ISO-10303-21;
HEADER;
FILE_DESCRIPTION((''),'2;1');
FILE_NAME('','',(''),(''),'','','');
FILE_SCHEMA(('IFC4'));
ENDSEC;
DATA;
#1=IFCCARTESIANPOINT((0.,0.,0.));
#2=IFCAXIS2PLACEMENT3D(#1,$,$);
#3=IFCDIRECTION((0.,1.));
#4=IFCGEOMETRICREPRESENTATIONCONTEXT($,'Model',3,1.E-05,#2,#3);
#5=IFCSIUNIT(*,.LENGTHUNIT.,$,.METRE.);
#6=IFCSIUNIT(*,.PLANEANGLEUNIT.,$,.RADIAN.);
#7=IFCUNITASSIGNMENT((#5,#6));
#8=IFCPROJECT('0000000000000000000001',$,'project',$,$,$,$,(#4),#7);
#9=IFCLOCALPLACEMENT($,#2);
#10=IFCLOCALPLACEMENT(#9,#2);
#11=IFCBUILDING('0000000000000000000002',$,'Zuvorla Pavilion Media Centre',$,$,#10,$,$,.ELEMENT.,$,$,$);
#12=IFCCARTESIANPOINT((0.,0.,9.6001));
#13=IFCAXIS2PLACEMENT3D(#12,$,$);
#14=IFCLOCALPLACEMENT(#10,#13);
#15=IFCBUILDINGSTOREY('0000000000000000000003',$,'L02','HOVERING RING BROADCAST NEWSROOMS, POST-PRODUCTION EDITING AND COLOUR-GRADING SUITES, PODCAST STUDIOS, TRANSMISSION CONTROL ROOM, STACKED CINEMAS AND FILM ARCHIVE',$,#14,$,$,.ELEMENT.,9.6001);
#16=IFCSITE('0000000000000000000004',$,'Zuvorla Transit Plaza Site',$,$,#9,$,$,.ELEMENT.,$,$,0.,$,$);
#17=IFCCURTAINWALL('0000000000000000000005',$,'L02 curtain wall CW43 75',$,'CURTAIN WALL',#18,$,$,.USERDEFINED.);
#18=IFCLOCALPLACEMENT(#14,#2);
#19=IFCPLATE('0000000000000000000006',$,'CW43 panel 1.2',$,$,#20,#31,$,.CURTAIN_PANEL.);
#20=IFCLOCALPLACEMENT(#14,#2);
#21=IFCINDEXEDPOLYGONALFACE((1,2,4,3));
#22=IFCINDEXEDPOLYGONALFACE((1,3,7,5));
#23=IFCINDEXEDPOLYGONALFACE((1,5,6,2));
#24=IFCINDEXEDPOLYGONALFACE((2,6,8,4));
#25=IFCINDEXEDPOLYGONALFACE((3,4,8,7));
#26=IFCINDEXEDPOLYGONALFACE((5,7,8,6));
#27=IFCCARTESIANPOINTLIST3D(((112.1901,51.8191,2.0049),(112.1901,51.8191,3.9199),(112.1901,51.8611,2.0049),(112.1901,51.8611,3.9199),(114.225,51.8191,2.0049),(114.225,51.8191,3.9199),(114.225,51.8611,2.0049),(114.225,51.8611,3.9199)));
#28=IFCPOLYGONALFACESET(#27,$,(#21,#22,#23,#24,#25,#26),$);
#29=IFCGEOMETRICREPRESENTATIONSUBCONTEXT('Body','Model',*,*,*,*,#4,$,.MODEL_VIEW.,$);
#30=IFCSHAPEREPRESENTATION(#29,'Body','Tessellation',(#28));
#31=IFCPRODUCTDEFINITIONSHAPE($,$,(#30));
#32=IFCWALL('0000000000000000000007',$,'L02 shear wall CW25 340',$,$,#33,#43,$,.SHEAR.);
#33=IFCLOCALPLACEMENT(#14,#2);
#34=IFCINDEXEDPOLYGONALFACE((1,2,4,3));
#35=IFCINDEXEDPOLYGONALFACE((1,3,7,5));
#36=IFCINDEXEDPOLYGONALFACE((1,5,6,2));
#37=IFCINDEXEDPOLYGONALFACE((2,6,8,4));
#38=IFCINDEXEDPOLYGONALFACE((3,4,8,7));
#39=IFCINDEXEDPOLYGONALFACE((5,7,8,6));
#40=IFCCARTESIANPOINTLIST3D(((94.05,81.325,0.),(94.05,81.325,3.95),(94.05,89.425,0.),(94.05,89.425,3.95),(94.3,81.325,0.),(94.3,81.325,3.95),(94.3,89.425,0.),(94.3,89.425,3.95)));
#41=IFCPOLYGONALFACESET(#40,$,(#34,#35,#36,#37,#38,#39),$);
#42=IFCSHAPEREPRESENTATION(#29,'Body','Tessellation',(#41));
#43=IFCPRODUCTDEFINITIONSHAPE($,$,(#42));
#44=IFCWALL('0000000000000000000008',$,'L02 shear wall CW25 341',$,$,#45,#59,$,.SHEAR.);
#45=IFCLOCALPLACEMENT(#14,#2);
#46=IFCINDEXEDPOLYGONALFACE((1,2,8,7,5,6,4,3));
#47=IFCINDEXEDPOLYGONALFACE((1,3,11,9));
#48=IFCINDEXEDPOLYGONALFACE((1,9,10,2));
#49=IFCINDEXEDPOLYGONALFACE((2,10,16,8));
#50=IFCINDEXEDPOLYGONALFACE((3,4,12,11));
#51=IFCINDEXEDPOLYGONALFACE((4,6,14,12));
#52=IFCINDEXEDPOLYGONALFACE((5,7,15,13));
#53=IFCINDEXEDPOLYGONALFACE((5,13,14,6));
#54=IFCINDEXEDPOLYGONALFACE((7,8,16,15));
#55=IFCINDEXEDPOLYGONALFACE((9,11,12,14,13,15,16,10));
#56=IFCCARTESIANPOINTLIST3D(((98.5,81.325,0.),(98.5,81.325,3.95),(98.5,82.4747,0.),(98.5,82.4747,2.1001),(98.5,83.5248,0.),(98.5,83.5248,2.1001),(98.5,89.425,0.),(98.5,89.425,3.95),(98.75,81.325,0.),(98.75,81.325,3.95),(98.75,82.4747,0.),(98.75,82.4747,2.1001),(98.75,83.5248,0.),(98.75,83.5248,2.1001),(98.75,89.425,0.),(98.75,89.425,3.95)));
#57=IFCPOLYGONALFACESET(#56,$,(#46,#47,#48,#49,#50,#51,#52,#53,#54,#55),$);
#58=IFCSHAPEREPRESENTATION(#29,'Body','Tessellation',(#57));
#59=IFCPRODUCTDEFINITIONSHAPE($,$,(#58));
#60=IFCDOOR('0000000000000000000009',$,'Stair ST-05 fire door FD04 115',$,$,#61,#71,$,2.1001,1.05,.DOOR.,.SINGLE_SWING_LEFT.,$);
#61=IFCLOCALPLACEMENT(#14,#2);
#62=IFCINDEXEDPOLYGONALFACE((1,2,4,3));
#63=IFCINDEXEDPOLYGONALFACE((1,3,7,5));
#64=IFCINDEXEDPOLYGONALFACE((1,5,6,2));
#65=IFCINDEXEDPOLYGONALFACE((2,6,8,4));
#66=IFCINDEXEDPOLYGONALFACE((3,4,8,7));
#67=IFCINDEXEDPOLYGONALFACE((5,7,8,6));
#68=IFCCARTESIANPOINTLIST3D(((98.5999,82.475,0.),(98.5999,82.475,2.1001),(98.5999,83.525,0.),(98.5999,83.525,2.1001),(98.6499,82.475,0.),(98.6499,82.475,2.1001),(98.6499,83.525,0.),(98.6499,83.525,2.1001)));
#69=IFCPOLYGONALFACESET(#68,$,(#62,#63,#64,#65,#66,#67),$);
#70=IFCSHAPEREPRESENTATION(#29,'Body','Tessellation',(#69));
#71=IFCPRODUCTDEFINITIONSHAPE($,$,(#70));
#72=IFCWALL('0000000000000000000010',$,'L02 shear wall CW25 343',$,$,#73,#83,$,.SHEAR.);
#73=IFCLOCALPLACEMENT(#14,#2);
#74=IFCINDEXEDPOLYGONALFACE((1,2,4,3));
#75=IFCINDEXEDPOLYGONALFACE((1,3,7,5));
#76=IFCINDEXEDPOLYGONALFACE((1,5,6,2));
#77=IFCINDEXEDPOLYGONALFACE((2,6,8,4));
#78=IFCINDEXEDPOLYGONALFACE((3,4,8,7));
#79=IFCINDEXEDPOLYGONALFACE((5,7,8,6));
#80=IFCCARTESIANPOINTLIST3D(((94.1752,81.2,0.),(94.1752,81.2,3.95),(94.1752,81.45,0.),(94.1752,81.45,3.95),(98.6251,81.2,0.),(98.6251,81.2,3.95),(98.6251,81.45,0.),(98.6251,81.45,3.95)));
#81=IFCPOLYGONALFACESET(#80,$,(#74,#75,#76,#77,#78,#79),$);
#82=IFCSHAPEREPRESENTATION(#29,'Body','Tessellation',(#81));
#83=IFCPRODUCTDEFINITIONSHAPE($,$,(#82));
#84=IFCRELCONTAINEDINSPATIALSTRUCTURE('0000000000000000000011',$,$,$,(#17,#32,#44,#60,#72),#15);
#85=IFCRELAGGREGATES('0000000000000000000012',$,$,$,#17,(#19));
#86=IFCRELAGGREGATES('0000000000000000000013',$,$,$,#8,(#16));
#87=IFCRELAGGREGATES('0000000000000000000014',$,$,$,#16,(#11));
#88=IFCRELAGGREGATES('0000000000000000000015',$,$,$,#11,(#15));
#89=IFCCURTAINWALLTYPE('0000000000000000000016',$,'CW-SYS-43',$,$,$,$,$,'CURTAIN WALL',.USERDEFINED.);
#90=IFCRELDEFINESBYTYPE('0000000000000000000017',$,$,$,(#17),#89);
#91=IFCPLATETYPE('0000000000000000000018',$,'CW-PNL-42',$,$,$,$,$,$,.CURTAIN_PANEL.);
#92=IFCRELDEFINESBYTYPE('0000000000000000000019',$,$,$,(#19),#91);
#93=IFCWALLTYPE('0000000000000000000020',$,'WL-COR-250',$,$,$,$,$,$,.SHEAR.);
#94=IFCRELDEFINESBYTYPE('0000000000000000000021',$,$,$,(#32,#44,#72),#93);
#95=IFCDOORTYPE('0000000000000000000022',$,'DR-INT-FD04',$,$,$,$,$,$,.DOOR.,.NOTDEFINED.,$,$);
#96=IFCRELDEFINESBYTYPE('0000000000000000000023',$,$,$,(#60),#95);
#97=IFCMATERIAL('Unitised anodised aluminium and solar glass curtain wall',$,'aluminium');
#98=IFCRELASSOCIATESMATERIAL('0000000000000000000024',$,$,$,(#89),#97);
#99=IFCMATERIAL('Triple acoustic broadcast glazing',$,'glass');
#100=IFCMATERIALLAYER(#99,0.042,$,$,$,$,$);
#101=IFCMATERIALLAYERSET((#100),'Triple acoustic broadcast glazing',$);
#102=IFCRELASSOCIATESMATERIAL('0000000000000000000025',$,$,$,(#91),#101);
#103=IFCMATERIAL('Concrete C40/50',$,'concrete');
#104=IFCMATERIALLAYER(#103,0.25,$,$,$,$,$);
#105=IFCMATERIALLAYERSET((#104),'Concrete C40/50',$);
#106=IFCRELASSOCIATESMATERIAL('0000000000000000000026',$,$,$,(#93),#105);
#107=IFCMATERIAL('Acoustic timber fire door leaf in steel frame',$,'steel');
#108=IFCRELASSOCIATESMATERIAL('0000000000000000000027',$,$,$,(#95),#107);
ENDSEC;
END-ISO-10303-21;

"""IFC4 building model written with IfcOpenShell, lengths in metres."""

from ifc_helpers import new_model, si_unit, direction, frame, frame_2d, origin, origin_2d, place, context, subcontext, project, spatial, rectangle, extrude, material, layer, layer_set, type_object, element, fill, aggregate, save


model = new_model("IFC4")

# Units and contexts
model_context = context("Model", 3, precision=1e-05, world=origin(), true_north=direction((0.0, 1.0)))
body_context = subcontext(model_context, "Body", "Model", "MODEL_VIEW")
ifc_project = project(units=[si_unit("LENGTHUNIT", "METRE"), si_unit("PLANEANGLEUNIT", "RADIAN")], contexts=[model_context])

# Site, building, storey
site_placement = place(None, origin())
site = spatial("IfcSite", under=ifc_project, at=site_placement, Name="Zuvorla Transit Plaza Site", CompositionType="ELEMENT", RefElevation=0.0)
building_placement = place(site_placement, origin())
building = spatial("IfcBuilding", under=site, at=building_placement, Name="Zuvorla Pavilion Media Centre", CompositionType="ELEMENT")
storey_placement = place(building_placement, frame((0.0, 0.0, 9.6001)))
storey = spatial("IfcBuildingStorey", under=building, at=storey_placement, Name="L02", Description="HOVERING RING BROADCAST NEWSROOMS, POST-PRODUCTION EDITING AND COLOUR-GRADING SUITES, PODCAST STUDIOS, TRANSMISSION CONTROL ROOM, STACKED CINEMAS AND FILM ARCHIVE", CompositionType="ELEMENT", Elevation=9.6001)

# Shared definitions
ifc_material_1 = material(Name="Unitised anodised aluminium and solar glass curtain wall", Category="aluminium")

# Curtain wall
curtain_wall_type_1 = type_object("IfcCurtainWallType", Name="CW-SYS-43", ElementType="CURTAIN WALL", PredefinedType="USERDEFINED", material=ifc_material_1)
curtain_wall_1_placement = place(storey_placement, origin())
curtain_wall_1 = element("IfcCurtainWall", 1, at=curtain_wall_1_placement, inside=storey, type_object=curtain_wall_type_1, Name="L02 curtain wall CW43 75", ObjectType="CURTAIN WALL", PredefinedType="USERDEFINED")

# Plate
ifc_material_2 = material(Name="Triple acoustic broadcast glazing", Category="glass")
ifc_layer_1 = layer(ifc_material_2, 0.042)
ifc_layer_set_1 = layer_set([ifc_layer_1], Name="Triple acoustic broadcast glazing")
plate_type_1 = type_object("IfcPlateType", Name="CW-PNL-42", PredefinedType="CURTAIN_PANEL", material=ifc_layer_set_1)
plate_1_placement = place(storey_placement, frame((113.2075, 51.8401, 2.0049), z_axis=(0.0, 0.0, 1.0), x_axis=(1.0, 0.0, 0.0)))
plate_1 = element("IfcPlate", 2, at=plate_1_placement, type_object=plate_type_1, Name="CW43 panel 1.2", PredefinedType="CURTAIN_PANEL", context=body_context, shape_type="SweptSolid", body=[
    extrude(rectangle(XDim=2.0349, YDim=0.042, at=origin_2d()), origin(), (0.0, 0.0, 1.0), 1.915),
])
aggregate(curtain_wall_1, [plate_1])

# Wall
ifc_material_3 = material(Name="Concrete C40/50", Category="concrete")
ifc_layer_2 = layer(ifc_material_3, 0.25)
ifc_layer_set_2 = layer_set([ifc_layer_2], Name="Concrete C40/50")
wall_type = type_object("IfcWallType", Name="WL-COR-250", PredefinedType="SHEAR", material=ifc_layer_set_2)
wall_1_placement = place(storey_placement, frame((94.175, 81.325, 0.0), z_axis=(0.0, 0.0, 1.0), x_axis=(0.0, 1.0, 0.0)))
element("IfcWall", 3, at=wall_1_placement, inside=storey, type_object=wall_type, Name="L02 shear wall CW25 340", PredefinedType="SHEAR", context=body_context, shape_type="SweptSolid", body=[
    extrude(rectangle(XDim=8.1001, YDim=0.25, at=frame_2d((4.05, 0.0))), origin(), (0.0, 0.0, 1.0), 3.95),
])

# Wall, opening, door
wall_2_placement = place(storey_placement, frame((98.625, 81.325, 0.0), z_axis=(0.0, 0.0, 1.0), x_axis=(0.0, 1.0, 0.0)))
wall_2 = element("IfcWall", 4, at=wall_2_placement, inside=storey, type_object=wall_type, Name="L02 shear wall CW25 341", PredefinedType="SHEAR", context=body_context, shape_type="SweptSolid", body=[
    extrude(rectangle(XDim=8.1001, YDim=0.25, at=frame_2d((4.05, 0.0))), origin(), (0.0, 0.0, 1.0), 3.95),
])
opening_placement = place(wall_2_placement, frame((1.1499, 0.0, 0.0)))
opening = element("IfcOpeningElement", 5, at=opening_placement, cuts=wall_2, PredefinedType="OPENING", context=body_context, shape_type="SweptSolid", body=[
    extrude(rectangle(XDim=1.05, YDim=2.1001, at=frame_2d((0.5249, 1.05))), frame((0.0, 0.135, 0.0), z_axis=(0.0, -1.0, 0.0), x_axis=(1.0, 0.0, 0.0)), (0.0, 0.0, 1.0), 0.27),
])
ifc_material_4 = material(Name="Acoustic timber fire door leaf in steel frame", Category="steel")
door_type = type_object("IfcDoorType", Name="DR-INT-FD04", OperationType="NOTDEFINED", PredefinedType="DOOR", material=ifc_material_4)
door_placement = place(opening_placement, frame((1.05, 0.0, 0.0), z_axis=(0.0, 0.0, 1.0), x_axis=(-1.0, 0.0, 0.0)))
door = element("IfcDoor", 6, at=door_placement, inside=storey, type_object=door_type, Name="Stair ST-05 fire door FD04 115", OperationType="SINGLE_SWING_LEFT", OverallHeight=2.1001, OverallWidth=1.05, PredefinedType="DOOR", context=body_context, shape_type="SweptSolid", body=[
    extrude(rectangle(XDim=1.05, YDim=2.1001, at=frame_2d((0.5249, 1.05))), frame((0.0, 0.0249, 0.0), z_axis=(0.0, -1.0, 0.0), x_axis=(1.0, 0.0, 0.0)), (0.0, 0.0, 1.0), 0.05),
])
fill(opening, door)

# Wall
wall_3_placement = place(storey_placement, frame((94.175, 81.325, 0.0), z_axis=(0.0, 0.0, 1.0), x_axis=(1.0, 0.0, 0.0)))
element("IfcWall", 7, at=wall_3_placement, inside=storey, type_object=wall_type, Name="L02 shear wall CW25 343", PredefinedType="SHEAR", context=body_context, shape_type="SweptSolid", body=[
    extrude(rectangle(XDim=4.45, YDim=0.25, at=frame_2d((2.2251, 0.0))), origin(), (0.0, 0.0, 1.0), 3.95),
])

save(model, "model.ifc")
